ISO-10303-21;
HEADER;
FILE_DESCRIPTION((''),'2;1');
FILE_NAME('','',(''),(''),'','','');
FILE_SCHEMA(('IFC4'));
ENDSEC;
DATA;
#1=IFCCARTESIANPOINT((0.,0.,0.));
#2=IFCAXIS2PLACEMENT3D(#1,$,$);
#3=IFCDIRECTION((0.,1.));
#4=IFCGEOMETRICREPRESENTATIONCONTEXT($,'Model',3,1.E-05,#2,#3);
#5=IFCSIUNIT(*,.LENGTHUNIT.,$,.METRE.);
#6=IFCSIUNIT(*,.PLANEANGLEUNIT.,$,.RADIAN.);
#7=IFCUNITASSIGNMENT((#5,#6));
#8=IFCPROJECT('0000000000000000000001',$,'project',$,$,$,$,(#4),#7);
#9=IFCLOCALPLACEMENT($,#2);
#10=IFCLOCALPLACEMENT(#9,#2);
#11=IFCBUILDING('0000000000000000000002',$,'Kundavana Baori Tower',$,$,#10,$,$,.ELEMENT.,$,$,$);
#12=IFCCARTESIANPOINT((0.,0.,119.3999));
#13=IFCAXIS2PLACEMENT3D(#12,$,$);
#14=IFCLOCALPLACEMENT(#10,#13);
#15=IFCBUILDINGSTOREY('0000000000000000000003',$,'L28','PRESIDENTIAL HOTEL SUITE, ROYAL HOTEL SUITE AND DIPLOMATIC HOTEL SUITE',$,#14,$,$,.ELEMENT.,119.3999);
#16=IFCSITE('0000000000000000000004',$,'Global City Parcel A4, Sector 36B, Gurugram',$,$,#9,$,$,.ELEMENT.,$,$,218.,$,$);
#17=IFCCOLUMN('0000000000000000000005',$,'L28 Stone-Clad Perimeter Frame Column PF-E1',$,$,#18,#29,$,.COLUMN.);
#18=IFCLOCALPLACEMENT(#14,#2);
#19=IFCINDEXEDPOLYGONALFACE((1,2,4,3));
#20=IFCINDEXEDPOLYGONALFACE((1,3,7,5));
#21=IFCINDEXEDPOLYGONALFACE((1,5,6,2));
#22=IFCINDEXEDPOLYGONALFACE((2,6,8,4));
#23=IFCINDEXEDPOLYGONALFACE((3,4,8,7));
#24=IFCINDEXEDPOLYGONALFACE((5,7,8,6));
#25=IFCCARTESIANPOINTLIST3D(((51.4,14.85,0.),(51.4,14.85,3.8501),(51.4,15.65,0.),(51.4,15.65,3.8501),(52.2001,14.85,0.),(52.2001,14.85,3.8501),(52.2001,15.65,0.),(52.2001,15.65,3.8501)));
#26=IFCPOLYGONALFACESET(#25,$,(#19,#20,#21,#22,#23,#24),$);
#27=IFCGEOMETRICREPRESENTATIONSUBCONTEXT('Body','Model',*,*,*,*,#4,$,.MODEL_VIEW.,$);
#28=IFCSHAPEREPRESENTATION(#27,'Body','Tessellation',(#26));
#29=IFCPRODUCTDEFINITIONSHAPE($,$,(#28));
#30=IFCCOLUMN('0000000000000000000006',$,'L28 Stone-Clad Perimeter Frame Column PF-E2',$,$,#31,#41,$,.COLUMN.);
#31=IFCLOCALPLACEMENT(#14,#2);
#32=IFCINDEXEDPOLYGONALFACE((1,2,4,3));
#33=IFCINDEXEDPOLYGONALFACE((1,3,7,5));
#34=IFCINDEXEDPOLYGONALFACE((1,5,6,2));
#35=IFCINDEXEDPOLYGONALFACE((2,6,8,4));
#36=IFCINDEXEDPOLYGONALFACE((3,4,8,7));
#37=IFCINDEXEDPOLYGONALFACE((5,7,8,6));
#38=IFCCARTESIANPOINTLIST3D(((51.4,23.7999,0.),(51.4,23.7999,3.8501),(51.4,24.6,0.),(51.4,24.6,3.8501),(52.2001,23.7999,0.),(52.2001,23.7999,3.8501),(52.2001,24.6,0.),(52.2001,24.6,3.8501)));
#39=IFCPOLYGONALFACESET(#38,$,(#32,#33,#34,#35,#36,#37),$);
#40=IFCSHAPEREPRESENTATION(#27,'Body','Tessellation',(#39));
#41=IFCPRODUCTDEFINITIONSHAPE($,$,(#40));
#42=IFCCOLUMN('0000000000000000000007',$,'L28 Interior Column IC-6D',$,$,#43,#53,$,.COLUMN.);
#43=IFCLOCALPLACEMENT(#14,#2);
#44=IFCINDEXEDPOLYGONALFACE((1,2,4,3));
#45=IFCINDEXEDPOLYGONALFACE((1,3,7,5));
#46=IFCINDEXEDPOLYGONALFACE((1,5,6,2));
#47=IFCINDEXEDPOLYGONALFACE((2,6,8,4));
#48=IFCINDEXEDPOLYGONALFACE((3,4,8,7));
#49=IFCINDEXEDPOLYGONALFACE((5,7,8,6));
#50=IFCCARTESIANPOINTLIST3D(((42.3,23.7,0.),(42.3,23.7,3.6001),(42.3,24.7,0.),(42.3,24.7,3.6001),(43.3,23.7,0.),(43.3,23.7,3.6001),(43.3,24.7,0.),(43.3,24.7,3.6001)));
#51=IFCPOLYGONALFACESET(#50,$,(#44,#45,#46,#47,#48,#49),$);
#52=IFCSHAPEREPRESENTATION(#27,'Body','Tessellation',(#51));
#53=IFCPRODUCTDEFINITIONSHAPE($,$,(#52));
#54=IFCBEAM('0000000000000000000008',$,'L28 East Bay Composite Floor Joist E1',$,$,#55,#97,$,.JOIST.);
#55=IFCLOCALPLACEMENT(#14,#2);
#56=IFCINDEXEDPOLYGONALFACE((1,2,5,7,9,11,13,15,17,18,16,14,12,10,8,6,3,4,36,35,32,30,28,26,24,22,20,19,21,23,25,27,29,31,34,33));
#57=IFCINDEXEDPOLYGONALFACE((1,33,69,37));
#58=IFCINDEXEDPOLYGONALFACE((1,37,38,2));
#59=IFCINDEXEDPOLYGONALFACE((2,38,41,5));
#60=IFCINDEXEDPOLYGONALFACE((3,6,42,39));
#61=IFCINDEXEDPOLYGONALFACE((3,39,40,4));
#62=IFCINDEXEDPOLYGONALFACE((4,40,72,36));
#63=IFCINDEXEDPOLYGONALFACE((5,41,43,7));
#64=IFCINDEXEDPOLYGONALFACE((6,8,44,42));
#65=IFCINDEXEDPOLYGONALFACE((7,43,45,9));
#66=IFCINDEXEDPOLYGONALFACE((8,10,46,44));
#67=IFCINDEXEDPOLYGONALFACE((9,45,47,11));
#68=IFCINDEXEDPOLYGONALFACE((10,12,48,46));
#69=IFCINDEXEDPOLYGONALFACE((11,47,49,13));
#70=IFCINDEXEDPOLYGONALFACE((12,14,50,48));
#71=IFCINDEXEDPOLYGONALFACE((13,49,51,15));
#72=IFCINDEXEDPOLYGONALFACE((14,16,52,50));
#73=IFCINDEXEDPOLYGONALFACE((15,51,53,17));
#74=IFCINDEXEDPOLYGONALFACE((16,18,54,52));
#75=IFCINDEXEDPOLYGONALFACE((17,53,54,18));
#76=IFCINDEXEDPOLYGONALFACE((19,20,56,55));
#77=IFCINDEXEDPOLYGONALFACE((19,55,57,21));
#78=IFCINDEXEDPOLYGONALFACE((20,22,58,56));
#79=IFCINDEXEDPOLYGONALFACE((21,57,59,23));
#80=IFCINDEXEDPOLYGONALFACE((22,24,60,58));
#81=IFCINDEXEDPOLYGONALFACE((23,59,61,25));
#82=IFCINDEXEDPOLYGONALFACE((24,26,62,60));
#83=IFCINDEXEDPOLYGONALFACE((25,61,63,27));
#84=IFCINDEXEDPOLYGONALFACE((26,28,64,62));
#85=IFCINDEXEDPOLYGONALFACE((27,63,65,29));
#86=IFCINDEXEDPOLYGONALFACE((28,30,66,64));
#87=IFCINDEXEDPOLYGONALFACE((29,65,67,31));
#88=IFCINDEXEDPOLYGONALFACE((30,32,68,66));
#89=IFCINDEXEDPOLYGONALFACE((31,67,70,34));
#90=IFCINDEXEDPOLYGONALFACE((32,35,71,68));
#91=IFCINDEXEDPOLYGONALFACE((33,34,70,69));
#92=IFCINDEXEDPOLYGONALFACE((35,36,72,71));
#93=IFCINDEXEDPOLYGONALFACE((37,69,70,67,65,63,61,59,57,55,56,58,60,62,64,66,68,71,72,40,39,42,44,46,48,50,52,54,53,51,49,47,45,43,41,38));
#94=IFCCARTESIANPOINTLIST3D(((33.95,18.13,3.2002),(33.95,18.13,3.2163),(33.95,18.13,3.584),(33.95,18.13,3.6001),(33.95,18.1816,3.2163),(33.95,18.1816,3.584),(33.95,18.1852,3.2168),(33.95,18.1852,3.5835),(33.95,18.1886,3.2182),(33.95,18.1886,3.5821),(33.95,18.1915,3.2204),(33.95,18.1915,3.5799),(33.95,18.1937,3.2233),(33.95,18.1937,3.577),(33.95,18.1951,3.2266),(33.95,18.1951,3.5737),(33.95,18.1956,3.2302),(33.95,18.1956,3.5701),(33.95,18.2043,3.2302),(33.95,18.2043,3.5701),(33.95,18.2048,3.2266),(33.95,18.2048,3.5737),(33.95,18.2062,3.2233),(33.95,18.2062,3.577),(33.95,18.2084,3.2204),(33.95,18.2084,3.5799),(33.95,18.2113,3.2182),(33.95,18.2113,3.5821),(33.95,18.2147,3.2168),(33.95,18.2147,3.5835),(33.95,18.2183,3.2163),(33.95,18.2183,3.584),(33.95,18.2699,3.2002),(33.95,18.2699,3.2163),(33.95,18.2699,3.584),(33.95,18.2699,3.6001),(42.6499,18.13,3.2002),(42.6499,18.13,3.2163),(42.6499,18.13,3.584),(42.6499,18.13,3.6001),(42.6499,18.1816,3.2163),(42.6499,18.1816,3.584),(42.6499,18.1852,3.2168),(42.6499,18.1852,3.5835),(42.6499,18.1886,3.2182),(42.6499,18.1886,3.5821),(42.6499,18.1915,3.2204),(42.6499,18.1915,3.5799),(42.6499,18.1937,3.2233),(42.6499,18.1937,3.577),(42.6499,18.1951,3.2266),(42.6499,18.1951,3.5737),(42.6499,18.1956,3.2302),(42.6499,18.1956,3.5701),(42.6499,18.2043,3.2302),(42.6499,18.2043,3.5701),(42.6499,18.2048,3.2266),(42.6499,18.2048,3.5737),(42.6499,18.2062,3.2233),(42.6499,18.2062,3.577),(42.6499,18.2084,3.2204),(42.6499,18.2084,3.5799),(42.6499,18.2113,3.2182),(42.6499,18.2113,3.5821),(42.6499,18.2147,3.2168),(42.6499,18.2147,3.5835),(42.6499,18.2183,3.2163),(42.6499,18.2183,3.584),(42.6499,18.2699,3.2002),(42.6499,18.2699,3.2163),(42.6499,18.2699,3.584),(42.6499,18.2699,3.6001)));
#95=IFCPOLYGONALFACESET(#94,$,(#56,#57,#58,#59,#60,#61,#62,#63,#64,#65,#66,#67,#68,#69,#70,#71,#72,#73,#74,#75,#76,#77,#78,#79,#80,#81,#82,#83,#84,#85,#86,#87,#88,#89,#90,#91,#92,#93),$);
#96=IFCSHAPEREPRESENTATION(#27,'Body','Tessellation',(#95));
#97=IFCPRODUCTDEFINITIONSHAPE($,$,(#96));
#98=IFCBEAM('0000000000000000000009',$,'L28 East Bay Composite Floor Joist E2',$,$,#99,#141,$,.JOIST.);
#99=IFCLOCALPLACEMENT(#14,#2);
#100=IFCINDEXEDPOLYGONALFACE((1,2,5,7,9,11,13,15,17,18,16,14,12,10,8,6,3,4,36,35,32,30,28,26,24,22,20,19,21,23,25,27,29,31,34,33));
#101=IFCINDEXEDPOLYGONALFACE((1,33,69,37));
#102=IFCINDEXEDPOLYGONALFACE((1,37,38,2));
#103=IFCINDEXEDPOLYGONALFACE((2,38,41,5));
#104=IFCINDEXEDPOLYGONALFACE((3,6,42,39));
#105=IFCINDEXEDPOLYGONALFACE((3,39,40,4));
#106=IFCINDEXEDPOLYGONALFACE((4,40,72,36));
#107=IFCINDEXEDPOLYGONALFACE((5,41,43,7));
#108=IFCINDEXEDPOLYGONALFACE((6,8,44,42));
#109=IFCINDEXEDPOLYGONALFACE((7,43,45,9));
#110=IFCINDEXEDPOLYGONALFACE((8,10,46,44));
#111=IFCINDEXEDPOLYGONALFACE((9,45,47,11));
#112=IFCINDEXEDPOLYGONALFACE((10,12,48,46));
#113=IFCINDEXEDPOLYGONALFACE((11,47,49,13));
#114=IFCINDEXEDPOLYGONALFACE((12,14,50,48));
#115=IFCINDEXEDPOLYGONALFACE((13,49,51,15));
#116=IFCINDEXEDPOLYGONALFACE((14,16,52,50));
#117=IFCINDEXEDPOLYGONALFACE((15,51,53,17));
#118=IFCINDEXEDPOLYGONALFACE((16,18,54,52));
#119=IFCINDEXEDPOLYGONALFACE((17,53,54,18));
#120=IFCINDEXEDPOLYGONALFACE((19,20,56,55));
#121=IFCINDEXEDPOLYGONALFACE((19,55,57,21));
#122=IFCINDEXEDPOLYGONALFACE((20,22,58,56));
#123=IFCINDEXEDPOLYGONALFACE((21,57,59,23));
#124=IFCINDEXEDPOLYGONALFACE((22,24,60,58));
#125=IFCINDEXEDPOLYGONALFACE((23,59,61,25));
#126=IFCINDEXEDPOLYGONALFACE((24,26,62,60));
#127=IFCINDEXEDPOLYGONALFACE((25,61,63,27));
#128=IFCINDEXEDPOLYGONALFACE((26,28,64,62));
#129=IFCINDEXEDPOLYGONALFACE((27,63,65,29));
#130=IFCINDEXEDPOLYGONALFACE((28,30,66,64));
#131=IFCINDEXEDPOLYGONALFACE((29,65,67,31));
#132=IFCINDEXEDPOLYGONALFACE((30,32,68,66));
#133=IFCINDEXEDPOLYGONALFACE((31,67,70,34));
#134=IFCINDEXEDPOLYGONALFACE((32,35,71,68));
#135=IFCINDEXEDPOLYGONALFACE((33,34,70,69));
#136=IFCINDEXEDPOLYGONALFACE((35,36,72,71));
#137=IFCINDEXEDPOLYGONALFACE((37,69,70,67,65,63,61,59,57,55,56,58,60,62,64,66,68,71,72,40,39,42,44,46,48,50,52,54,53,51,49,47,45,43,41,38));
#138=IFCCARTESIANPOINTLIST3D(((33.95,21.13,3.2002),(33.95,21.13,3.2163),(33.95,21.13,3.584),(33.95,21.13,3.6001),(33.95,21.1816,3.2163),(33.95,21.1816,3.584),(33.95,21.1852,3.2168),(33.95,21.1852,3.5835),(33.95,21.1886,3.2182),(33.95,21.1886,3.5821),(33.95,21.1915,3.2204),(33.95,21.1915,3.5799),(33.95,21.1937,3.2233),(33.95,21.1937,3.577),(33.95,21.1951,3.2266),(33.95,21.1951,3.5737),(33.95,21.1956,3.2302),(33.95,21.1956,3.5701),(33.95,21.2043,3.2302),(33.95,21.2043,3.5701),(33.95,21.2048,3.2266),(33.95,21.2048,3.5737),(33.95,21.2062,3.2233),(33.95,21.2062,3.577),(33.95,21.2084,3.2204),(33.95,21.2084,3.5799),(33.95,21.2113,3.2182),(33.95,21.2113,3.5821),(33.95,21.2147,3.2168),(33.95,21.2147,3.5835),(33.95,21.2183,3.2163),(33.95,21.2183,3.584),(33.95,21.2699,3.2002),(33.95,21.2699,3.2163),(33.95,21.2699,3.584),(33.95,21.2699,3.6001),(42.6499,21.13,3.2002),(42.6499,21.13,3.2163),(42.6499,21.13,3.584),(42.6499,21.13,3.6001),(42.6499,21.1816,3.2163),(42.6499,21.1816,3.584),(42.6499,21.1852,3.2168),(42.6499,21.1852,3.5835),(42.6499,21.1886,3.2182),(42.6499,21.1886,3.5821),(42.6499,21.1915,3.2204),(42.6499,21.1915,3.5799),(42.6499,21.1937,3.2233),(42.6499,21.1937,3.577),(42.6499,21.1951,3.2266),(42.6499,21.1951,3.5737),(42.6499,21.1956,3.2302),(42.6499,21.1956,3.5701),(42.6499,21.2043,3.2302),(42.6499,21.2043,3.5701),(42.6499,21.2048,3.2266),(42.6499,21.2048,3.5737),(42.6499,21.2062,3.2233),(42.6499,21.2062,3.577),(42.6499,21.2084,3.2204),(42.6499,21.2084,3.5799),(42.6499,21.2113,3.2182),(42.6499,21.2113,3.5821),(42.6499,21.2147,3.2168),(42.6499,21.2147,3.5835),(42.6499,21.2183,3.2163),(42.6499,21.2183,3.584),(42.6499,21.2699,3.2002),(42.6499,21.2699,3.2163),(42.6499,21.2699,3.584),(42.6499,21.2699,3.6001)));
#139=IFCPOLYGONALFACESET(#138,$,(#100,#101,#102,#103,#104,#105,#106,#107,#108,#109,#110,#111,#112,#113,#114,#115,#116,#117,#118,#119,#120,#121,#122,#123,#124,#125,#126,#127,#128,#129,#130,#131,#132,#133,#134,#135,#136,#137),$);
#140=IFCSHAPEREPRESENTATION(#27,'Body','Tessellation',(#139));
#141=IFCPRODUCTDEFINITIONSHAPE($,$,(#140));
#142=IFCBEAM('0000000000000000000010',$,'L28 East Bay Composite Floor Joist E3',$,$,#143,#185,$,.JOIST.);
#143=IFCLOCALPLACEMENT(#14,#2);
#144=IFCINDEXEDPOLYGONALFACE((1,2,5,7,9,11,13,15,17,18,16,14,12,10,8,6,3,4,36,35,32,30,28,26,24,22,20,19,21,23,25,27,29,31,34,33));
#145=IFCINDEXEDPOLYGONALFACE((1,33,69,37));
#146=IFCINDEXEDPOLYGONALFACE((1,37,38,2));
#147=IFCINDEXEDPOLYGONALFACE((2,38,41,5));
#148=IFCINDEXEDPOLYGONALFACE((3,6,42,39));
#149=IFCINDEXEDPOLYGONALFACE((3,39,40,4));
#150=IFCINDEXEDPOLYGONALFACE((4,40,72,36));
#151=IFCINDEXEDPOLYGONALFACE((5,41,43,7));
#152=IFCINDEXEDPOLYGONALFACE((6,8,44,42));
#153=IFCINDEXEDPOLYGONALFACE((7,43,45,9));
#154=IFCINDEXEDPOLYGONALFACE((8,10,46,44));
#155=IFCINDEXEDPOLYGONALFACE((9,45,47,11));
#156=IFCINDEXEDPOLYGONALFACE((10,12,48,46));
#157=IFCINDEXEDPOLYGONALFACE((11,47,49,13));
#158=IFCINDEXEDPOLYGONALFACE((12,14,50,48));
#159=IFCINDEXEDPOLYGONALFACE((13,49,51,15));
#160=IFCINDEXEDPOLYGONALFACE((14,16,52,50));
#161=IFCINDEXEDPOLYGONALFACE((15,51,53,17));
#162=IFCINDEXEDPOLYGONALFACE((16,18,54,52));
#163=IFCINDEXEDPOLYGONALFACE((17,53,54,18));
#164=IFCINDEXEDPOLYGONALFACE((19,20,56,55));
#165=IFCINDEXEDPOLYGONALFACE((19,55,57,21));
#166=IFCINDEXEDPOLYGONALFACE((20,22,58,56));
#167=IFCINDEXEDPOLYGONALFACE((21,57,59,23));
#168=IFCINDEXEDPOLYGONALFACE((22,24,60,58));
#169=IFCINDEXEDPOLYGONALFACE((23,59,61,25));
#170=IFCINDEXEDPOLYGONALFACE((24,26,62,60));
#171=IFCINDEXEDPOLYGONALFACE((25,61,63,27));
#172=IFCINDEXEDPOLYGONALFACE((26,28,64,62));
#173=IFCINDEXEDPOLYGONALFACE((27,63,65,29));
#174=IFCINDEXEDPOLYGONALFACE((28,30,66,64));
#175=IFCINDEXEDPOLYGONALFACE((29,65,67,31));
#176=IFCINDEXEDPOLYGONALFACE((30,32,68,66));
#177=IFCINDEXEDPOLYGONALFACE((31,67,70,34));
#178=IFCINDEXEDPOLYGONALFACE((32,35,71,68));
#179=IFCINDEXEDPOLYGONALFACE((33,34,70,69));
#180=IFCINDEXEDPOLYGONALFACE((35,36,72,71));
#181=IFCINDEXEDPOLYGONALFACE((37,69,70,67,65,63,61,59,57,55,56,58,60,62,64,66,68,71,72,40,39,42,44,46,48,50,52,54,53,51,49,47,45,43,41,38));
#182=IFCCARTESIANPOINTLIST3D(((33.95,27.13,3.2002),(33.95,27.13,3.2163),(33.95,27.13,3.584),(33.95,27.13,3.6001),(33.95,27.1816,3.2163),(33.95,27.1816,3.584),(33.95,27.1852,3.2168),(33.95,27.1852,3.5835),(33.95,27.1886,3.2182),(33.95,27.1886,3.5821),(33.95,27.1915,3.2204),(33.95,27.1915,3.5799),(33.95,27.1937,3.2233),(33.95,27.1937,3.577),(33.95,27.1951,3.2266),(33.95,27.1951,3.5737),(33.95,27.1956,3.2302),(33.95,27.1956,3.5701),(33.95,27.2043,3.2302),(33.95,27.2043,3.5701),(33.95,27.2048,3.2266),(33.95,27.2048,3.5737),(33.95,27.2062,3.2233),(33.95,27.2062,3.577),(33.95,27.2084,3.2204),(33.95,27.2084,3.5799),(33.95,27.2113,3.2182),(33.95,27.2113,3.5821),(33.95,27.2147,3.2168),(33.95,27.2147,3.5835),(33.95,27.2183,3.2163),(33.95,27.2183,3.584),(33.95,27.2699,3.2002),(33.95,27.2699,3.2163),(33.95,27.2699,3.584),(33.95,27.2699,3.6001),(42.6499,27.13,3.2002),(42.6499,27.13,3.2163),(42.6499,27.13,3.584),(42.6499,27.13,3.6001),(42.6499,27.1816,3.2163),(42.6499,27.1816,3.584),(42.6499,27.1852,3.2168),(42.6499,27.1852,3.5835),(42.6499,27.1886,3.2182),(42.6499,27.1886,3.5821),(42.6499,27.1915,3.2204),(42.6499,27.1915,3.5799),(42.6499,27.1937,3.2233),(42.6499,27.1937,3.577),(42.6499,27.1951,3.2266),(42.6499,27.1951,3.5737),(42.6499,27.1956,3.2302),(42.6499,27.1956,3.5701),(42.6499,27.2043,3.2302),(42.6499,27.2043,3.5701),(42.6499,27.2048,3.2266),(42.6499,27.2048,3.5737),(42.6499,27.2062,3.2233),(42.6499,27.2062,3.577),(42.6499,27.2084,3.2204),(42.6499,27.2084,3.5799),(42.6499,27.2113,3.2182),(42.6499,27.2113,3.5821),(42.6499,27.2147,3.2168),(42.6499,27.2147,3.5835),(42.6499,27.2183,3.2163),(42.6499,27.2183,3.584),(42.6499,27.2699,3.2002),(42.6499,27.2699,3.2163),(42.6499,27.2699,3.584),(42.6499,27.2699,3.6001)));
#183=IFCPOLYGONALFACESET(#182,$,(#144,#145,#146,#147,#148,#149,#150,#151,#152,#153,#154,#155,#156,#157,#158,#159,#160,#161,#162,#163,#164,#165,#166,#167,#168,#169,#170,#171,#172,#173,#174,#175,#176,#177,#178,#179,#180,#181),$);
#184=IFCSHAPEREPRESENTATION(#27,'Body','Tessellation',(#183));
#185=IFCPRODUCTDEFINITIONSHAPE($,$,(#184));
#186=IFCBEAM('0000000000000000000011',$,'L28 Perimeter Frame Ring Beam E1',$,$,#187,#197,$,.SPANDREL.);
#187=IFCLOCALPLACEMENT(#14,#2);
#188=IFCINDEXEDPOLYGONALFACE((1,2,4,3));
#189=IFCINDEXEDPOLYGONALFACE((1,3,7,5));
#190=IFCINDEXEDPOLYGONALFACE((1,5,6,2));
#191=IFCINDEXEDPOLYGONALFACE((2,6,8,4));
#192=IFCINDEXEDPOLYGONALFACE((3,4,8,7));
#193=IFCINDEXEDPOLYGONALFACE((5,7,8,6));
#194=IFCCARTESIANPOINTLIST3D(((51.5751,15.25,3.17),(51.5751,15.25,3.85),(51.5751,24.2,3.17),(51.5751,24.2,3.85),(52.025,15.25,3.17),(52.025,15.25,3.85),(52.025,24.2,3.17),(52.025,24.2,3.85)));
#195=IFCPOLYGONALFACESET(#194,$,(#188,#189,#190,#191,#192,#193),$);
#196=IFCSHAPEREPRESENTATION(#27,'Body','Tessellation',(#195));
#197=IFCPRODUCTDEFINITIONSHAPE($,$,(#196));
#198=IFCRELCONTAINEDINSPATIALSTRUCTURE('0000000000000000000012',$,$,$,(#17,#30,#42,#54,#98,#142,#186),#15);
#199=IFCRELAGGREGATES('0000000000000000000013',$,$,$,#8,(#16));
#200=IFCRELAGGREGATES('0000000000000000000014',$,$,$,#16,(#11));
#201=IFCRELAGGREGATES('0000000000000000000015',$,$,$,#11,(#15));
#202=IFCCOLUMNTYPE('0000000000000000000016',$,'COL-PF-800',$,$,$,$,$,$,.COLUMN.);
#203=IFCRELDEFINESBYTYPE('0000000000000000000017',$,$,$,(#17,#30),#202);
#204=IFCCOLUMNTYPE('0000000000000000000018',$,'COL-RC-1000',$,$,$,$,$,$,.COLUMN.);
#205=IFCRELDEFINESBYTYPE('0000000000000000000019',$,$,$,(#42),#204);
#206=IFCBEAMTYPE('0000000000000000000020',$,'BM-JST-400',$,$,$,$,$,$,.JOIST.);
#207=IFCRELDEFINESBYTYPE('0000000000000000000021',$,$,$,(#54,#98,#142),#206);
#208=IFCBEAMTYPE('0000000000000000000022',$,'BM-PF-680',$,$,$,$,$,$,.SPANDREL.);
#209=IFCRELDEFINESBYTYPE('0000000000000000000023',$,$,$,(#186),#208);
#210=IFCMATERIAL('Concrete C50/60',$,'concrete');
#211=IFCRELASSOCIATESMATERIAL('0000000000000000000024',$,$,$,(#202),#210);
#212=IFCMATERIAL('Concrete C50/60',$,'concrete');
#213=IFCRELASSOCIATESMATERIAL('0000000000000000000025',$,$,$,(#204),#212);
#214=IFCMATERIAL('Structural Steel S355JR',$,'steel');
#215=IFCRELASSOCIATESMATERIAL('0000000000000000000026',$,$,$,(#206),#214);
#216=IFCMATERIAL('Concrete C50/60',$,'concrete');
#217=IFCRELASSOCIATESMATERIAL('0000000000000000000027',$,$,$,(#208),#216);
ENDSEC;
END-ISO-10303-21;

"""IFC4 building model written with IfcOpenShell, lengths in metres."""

from ifc_helpers import new_model, si_unit, direction, frame, origin, origin_2d, place, context, subcontext, project, spatial, rectangle, i_section, extrude, material, material_profile, profile_set, type_object, element, save


model = new_model("IFC4")

# Units and contexts
model_context = context("Model", 3, precision=1e-05, world=origin(), true_north=direction((0.0, 1.0)))
body_context = subcontext(model_context, "Body", "Model", "MODEL_VIEW")
ifc_project = project(units=[si_unit("LENGTHUNIT", "METRE"), si_unit("PLANEANGLEUNIT", "RADIAN")], contexts=[model_context])

# Site, building, storey
site_placement = place(None, origin())
site = spatial("IfcSite", under=ifc_project, at=site_placement, Name="Global City Parcel A4, Sector 36B, Gurugram", CompositionType="ELEMENT", RefElevation=218.0)
building_placement = place(site_placement, origin())
building = spatial("IfcBuilding", under=site, at=building_placement, Name="Kundavana Baori Tower", CompositionType="ELEMENT")
storey_placement = place(building_placement, frame((0.0, 0.0, 119.3999)))
storey = spatial("IfcBuildingStorey", under=building, at=storey_placement, Name="L28", Description="PRESIDENTIAL HOTEL SUITE, ROYAL HOTEL SUITE AND DIPLOMATIC HOTEL SUITE", CompositionType="ELEMENT", Elevation=119.3999)

# Columns
ifc_material_1 = material(Name="Concrete C50/60", Category="concrete")
ifc_material_profile_1 = material_profile(ifc_material_1, rectangle(XDim=0.8, YDim=0.8, at=origin_2d()), Name="RC PF 800x800")
ifc_profile_set_1 = profile_set([ifc_material_profile_1], Name="Concrete C50/60")
column_type_1 = type_object("IfcColumnType", Name="COL-PF-800", PredefinedType="COLUMN", material=ifc_profile_set_1)
for number, where, z_axis, x_axis, name in (
    (1, (51.8, 15.25, 0.0), (0.0, 0.0, 1.0), (1.0, 0.0, 0.0), "L28 Stone-Clad Perimeter Frame Column PF-E1"),
    (2, (51.8, 24.2, 0.0), (0.0, 0.0, 1.0), (1.0, 0.0, 0.0), "L28 Stone-Clad Perimeter Frame Column PF-E2"),
):
    element("IfcColumn", number, at=place(storey_placement, frame(where, z_axis=z_axis, x_axis=x_axis)), inside=storey, type_object=column_type_1, Name=name, PredefinedType="COLUMN", context=body_context, shape_type="SweptSolid", body=[
        extrude(rectangle(XDim=0.8, YDim=0.8, at=origin_2d()), origin(), (0.0, 0.0, 1.0), 3.8501),
    ])
ifc_material_2 = material(Name="Concrete C50/60", Category="concrete")
ifc_material_profile_2 = material_profile(ifc_material_2, rectangle(XDim=1.0, YDim=1.0, at=origin_2d()), Name="RC 1000x1000")
ifc_profile_set_2 = profile_set([ifc_material_profile_2], Name="Concrete C50/60")
column_type_2 = type_object("IfcColumnType", Name="COL-RC-1000", PredefinedType="COLUMN", material=ifc_profile_set_2)
column_placement = place(storey_placement, frame((42.8, 24.2, 0.0), z_axis=(0.0, 0.0, 1.0), x_axis=(1.0, 0.0, 0.0)))
element("IfcColumn", 3, at=column_placement, inside=storey, type_object=column_type_2, Name="L28 Interior Column IC-6D", PredefinedType="COLUMN", context=body_context, shape_type="SweptSolid", body=[
    extrude(rectangle(XDim=1.0, YDim=1.0, at=origin_2d()), origin(), (0.0, 0.0, 1.0), 3.6001),
])

# Beams
ifc_material_3 = material(Name="Structural Steel S355JR", Category="steel")
ifc_material_profile_3 = material_profile(ifc_material_3, i_section(OverallWidth=0.1399, OverallDepth=0.3999, WebThickness=0.0088, FlangeThickness=0.0161, FilletRadius=0.0139, at=origin_2d()), Name="ISMB 400")
ifc_profile_set_3 = profile_set([ifc_material_profile_3], Name="Structural Steel S355JR")
beam_type_1 = type_object("IfcBeamType", Name="BM-JST-400", PredefinedType="JOIST", material=ifc_profile_set_3)
for number, where, z_axis, x_axis, name in (
    (4, (33.95, 18.2, 3.4001), (1.0, 0.0, 0.0), (0.0, 1.0, 0.0), "L28 East Bay Composite Floor Joist E1"),
    (5, (33.95, 21.2, 3.4001), (1.0, 0.0, 0.0), (0.0, 1.0, 0.0), "L28 East Bay Composite Floor Joist E2"),
    (6, (33.95, 27.2, 3.4001), (1.0, 0.0, 0.0), (0.0, 1.0, 0.0), "L28 East Bay Composite Floor Joist E3"),
):
    element("IfcBeam", number, at=place(storey_placement, frame(where, z_axis=z_axis, x_axis=x_axis)), inside=storey, type_object=beam_type_1, Name=name, PredefinedType="JOIST", context=body_context, shape_type="SweptSolid", body=[
        extrude(i_section(OverallWidth=0.1399, OverallDepth=0.3999, WebThickness=0.0088, FlangeThickness=0.0161, FilletRadius=0.0139, at=origin_2d()), origin(), (0.0, 0.0, 1.0), 8.7),
    ])
ifc_material_4 = material(Name="Concrete C50/60", Category="concrete")
ifc_material_profile_4 = material_profile(ifc_material_4, rectangle(XDim=0.45, YDim=0.6799, at=origin_2d()), Name="RC BM 450x680")
ifc_profile_set_4 = profile_set([ifc_material_profile_4], Name="Concrete C50/60")
beam_type_2 = type_object("IfcBeamType", Name="BM-PF-680", PredefinedType="SPANDREL", material=ifc_profile_set_4)
beam_1_placement = place(storey_placement, frame((51.8, 15.25, 3.51), z_axis=(0.0, 1.0, 0.0), x_axis=(-1.0, 0.0, 0.0)))
element("IfcBeam", 7, at=beam_1_placement, inside=storey, type_object=beam_type_2, Name="L28 Perimeter Frame Ring Beam E1", PredefinedType="SPANDREL", context=body_context, shape_type="SweptSolid", body=[
    extrude(rectangle(XDim=0.45, YDim=0.6799, at=origin_2d()), origin(), (0.0, 0.0, 1.0), 8.95),
])

save(model, "model.ifc")
